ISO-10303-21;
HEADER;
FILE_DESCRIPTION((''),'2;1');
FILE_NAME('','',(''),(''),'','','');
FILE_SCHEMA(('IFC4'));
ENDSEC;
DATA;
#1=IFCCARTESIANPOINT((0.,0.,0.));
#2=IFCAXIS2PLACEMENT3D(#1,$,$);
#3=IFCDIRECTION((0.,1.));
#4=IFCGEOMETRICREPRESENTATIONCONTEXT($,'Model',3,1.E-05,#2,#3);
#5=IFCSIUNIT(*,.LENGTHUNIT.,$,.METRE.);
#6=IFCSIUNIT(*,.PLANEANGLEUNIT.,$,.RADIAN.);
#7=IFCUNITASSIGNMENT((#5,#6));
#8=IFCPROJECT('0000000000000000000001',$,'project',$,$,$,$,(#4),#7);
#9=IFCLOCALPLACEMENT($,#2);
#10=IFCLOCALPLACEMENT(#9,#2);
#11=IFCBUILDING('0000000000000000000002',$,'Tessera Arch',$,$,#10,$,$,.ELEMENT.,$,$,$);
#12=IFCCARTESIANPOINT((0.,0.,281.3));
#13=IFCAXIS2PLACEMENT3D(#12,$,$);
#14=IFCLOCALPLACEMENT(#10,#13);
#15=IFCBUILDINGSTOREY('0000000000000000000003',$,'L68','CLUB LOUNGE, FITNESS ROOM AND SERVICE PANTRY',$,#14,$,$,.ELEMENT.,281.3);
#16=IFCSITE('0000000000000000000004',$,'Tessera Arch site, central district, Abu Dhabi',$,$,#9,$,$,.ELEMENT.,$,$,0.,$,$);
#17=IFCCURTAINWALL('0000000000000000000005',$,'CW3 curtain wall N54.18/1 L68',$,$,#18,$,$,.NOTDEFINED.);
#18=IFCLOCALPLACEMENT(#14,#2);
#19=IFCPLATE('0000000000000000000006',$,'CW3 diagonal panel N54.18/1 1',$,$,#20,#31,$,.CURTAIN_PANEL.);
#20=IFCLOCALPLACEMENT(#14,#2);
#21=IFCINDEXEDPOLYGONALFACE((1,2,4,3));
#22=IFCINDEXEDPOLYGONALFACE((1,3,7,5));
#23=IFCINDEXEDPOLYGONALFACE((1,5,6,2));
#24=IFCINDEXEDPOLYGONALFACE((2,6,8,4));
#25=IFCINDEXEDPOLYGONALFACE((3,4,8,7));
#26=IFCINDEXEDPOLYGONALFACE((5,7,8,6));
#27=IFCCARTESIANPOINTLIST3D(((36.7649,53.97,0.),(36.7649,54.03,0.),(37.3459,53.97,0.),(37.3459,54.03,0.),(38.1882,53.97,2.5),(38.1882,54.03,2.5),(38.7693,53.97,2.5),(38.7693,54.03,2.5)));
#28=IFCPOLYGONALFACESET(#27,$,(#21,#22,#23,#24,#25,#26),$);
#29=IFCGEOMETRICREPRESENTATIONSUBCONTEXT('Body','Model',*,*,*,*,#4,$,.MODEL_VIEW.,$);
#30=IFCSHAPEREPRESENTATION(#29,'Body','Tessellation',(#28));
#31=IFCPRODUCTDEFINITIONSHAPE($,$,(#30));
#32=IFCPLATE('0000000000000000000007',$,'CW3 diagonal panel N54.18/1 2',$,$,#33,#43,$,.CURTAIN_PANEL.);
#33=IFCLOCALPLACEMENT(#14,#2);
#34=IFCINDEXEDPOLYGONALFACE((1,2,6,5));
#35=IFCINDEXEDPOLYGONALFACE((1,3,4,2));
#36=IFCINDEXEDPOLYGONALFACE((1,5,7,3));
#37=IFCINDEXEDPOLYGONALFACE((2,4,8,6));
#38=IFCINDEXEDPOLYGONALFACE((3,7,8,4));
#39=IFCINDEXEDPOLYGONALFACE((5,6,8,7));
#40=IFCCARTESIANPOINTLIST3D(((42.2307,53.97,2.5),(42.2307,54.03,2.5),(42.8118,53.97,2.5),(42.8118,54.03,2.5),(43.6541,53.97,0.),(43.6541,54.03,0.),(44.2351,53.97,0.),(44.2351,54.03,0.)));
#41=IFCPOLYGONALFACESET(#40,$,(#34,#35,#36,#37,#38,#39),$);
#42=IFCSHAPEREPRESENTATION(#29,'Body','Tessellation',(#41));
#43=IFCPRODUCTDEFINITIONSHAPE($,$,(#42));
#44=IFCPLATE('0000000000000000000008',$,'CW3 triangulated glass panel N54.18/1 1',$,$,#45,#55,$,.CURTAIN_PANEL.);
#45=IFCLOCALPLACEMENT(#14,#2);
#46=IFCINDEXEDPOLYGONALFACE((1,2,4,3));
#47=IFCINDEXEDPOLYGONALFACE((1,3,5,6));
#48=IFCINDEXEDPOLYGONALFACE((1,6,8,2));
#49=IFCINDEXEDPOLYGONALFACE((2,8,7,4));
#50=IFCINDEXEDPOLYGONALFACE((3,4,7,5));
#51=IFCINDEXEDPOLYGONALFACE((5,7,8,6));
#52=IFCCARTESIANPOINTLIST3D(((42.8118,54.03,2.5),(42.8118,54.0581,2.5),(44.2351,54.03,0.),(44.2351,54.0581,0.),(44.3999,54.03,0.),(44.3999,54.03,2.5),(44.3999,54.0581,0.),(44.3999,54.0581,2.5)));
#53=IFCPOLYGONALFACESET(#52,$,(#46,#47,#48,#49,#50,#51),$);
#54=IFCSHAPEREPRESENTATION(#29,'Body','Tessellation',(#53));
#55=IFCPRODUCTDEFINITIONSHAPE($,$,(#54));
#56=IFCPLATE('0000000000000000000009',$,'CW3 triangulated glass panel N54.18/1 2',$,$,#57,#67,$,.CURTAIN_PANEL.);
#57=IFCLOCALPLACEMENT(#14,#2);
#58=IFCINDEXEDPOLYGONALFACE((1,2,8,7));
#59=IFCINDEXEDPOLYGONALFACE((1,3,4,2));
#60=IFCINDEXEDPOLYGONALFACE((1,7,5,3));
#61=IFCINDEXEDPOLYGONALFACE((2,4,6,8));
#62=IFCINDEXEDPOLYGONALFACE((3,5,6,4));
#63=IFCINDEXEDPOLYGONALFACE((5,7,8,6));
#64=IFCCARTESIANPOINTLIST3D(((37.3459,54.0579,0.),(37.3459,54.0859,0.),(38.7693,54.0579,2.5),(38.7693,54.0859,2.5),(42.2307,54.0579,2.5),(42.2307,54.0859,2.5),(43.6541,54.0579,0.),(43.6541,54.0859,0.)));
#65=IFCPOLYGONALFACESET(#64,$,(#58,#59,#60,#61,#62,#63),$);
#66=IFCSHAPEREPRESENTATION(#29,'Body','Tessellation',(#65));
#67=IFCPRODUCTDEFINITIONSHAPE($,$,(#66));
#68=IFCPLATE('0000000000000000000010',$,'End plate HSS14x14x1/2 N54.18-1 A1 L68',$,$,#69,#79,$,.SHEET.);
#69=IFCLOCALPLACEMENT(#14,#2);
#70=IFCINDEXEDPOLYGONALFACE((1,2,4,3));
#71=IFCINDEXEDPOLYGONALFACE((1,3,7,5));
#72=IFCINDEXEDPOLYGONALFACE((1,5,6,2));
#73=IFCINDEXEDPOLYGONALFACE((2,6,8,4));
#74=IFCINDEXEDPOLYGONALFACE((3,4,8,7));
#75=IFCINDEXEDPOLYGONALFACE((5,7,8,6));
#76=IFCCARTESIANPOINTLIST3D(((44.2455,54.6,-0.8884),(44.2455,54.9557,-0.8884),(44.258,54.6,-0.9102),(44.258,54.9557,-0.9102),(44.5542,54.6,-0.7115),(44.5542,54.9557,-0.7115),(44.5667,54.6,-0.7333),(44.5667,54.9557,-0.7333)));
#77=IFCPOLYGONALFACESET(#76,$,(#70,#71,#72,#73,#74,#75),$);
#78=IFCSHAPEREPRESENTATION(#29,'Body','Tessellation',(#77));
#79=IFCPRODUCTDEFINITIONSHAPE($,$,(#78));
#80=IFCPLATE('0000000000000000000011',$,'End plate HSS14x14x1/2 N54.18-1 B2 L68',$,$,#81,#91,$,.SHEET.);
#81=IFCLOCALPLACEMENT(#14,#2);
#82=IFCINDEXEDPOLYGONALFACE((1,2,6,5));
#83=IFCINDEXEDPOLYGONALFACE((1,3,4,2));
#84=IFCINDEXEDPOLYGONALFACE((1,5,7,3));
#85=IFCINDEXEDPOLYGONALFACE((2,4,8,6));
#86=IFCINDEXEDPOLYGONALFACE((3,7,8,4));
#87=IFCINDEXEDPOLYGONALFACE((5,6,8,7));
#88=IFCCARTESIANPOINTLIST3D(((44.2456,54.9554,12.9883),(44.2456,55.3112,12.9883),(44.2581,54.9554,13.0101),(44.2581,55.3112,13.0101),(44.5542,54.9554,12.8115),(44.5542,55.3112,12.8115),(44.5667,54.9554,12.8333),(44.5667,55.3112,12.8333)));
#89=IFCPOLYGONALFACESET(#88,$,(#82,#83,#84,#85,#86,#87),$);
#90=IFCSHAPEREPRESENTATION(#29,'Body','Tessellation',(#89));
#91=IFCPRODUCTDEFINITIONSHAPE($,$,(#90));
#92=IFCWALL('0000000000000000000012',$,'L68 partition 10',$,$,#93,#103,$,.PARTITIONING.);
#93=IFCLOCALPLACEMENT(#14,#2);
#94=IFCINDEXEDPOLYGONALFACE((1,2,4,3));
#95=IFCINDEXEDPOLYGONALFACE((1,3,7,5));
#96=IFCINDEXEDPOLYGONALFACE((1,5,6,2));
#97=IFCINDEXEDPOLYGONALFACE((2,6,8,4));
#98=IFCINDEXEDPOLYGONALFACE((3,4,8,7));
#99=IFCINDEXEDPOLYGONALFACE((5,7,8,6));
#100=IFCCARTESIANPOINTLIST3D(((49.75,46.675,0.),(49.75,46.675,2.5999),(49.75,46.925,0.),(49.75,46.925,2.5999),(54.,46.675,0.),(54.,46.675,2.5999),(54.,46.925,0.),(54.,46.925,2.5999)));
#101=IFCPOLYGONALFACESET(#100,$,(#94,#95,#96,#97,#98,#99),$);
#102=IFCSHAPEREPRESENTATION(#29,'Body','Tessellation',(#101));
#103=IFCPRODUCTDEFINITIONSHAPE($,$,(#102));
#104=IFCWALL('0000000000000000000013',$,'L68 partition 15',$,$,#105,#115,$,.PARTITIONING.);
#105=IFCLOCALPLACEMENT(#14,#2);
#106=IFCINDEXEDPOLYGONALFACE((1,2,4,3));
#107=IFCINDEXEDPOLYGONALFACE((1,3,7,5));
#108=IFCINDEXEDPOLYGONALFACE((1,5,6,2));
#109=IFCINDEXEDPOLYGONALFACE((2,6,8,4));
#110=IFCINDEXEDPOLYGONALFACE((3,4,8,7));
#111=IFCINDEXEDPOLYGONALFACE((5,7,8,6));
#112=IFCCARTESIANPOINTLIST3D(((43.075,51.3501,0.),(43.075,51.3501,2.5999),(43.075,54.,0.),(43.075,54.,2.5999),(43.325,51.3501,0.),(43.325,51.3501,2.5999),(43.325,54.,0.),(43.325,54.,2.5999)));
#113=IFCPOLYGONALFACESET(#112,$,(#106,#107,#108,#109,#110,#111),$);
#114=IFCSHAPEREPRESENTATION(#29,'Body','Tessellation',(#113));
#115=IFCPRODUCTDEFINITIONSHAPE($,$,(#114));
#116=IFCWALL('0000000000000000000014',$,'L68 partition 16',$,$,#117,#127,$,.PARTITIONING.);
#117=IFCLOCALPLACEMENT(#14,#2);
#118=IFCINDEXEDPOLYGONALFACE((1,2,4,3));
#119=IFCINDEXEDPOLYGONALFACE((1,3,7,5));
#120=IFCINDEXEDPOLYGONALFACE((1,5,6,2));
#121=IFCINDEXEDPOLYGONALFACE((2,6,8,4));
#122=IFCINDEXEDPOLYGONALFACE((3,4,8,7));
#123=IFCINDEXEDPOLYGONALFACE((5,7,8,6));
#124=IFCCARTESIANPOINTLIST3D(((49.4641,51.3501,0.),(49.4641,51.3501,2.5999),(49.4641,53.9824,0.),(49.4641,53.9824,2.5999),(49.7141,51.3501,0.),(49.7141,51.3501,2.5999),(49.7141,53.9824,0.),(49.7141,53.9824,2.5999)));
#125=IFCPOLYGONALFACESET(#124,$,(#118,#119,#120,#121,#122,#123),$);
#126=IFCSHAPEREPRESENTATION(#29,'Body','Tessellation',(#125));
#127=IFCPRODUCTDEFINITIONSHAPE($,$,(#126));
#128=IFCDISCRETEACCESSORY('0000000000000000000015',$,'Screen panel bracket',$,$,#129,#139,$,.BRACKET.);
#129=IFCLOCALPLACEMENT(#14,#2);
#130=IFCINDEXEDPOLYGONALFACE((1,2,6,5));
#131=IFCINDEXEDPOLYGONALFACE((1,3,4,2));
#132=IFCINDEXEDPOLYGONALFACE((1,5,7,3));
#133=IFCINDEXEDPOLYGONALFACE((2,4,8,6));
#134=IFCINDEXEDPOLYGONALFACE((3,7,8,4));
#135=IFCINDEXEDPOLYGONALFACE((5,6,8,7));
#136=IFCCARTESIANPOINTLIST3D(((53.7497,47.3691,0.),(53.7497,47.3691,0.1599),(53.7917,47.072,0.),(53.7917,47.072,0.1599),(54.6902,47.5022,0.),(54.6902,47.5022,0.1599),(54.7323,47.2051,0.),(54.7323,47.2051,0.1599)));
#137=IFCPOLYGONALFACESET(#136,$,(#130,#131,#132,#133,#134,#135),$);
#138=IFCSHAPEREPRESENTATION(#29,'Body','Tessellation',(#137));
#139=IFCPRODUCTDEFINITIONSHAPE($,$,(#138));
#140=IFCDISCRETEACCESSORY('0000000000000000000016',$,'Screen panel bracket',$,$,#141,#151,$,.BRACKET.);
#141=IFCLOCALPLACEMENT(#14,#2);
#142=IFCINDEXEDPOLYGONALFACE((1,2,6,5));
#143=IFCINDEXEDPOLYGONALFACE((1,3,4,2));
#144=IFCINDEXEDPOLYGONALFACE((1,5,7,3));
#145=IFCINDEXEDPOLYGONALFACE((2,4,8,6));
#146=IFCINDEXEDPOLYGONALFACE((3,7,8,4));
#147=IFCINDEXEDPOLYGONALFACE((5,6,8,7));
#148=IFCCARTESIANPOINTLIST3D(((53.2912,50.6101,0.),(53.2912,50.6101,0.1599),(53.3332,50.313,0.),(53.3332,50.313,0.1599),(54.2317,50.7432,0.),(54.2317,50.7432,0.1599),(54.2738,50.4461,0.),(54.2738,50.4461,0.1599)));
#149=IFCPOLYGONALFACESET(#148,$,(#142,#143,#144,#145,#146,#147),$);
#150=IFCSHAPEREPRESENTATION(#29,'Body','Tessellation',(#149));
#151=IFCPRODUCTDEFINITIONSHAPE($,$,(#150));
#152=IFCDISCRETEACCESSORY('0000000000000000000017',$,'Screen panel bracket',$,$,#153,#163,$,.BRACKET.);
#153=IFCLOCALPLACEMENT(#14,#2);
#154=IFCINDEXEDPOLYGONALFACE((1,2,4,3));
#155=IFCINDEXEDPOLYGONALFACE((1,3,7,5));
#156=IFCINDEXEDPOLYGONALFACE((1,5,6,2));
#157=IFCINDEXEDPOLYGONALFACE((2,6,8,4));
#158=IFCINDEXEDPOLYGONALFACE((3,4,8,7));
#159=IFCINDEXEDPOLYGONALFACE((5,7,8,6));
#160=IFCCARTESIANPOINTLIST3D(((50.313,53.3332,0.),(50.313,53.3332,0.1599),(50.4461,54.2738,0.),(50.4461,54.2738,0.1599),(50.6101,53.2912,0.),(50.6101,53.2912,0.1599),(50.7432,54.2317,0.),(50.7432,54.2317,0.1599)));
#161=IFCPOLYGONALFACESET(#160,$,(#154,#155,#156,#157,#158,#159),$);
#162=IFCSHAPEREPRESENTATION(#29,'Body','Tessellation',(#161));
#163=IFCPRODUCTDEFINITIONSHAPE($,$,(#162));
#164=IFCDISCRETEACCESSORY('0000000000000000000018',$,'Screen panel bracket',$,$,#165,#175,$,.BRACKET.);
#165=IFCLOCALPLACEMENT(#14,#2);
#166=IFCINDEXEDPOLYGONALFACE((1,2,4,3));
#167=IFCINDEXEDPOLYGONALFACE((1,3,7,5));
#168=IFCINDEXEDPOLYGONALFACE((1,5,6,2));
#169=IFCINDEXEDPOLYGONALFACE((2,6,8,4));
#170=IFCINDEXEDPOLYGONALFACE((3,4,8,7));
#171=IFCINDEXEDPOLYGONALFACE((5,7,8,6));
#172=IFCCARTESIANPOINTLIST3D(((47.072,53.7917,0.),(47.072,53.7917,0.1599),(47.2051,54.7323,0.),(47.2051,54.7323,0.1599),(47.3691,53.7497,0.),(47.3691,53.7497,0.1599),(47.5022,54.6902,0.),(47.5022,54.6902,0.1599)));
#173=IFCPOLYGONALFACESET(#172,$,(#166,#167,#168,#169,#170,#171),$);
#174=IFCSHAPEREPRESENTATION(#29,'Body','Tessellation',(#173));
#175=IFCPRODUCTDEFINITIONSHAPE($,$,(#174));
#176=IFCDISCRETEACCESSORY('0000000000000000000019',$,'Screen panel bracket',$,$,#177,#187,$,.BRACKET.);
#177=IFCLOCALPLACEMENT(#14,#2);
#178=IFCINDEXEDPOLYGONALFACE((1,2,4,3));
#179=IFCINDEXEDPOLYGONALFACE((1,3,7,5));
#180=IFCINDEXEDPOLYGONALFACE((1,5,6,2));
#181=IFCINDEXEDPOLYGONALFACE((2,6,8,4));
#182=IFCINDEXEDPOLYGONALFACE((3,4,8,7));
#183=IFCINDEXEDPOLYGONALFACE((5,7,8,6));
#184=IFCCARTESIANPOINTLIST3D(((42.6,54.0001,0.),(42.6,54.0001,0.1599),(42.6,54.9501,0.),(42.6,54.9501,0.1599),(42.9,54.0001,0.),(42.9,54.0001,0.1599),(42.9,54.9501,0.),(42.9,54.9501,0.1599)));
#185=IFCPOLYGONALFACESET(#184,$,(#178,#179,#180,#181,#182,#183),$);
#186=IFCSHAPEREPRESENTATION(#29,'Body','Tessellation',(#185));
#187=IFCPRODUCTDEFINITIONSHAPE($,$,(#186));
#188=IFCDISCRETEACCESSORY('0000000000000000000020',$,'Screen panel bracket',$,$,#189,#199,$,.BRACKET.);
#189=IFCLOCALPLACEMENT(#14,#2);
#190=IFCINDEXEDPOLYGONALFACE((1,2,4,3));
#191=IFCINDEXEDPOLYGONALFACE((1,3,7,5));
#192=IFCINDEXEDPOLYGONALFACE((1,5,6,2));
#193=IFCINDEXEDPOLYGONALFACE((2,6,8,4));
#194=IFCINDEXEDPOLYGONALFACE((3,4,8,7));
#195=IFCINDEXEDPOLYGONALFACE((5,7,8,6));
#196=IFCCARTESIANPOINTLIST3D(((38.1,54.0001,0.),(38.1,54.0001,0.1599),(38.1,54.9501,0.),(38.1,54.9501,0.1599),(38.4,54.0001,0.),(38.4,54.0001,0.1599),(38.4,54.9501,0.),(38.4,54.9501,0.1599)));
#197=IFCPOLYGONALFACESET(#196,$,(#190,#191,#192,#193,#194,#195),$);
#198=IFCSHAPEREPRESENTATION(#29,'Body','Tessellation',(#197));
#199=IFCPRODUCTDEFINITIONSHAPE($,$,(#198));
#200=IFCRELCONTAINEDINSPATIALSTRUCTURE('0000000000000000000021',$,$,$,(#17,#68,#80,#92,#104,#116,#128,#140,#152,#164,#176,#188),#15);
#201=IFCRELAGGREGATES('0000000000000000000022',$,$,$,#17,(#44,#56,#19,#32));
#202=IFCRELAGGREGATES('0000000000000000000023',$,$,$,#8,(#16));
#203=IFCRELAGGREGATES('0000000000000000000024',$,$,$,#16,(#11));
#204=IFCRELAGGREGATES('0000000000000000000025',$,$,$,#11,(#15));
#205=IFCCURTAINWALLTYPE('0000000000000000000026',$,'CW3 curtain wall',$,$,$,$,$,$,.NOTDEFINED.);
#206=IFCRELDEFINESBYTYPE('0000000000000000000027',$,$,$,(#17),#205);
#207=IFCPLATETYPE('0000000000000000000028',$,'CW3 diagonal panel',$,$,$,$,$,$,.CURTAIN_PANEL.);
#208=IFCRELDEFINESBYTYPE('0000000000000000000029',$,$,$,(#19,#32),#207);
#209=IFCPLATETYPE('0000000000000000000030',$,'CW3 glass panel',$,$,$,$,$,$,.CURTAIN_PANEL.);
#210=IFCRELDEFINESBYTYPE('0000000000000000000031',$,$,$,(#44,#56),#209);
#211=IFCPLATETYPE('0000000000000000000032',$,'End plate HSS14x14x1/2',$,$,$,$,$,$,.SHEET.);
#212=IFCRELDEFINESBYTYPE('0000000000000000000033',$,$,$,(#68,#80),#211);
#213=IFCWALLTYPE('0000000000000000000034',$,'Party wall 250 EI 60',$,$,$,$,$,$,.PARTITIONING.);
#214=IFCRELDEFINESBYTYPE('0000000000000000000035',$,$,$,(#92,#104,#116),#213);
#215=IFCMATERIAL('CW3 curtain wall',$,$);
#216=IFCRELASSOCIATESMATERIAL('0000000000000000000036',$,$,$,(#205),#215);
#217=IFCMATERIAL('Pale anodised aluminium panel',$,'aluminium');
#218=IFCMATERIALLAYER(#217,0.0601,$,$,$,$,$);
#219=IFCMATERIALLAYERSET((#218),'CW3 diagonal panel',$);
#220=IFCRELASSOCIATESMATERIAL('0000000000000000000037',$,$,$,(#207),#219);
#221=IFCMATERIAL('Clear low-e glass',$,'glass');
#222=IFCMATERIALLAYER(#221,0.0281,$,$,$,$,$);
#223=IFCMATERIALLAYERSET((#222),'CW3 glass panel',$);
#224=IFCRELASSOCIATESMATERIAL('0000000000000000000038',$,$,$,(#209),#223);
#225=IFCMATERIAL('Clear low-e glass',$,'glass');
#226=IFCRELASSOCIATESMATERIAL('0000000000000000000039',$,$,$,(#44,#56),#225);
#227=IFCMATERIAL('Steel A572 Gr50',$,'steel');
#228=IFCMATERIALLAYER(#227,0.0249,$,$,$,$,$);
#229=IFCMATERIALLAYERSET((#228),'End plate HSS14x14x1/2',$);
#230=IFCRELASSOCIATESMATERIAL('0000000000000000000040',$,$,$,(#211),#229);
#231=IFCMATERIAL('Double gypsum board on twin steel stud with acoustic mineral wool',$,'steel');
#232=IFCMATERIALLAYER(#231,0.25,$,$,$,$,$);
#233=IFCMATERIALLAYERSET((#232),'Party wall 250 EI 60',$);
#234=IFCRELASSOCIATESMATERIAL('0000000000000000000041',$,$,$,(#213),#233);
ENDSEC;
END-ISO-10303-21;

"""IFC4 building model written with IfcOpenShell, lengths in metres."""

from ifc_helpers import new_model, si_unit, direction, frame, frame_2d, origin, origin_2d, place, context, subcontext, project, spatial, polyline, rectangle, outline, extrude, material, layer, layer_set, type_object, element, aggregate, save


model = new_model("IFC4")

# Units and contexts
model_context = context("Model", 3, precision=1e-05, world=origin(), true_north=direction((0.0, 1.0)))
body_context = subcontext(model_context, "Body", "Model", "MODEL_VIEW")
ifc_project = project(units=[si_unit("LENGTHUNIT", "METRE"), si_unit("PLANEANGLEUNIT", "RADIAN")], contexts=[model_context])

# Site, building, storey
site_placement = place(None, origin())
site = spatial("IfcSite", under=ifc_project, at=site_placement, Name="Tessera Arch site, central district, Abu Dhabi", CompositionType="ELEMENT", RefElevation=0.0)
building_placement = place(site_placement, origin())
building = spatial("IfcBuilding", under=site, at=building_placement, Name="Tessera Arch", CompositionType="ELEMENT")
storey_placement = place(building_placement, frame((0.0, 0.0, 281.3)))
storey = spatial("IfcBuildingStorey", under=building, at=storey_placement, Name="L68", Description="CLUB LOUNGE, FITNESS ROOM AND SERVICE PANTRY", CompositionType="ELEMENT", Elevation=281.3)

# Curtain wall
ifc_material_1 = material(Name="CW3 curtain wall")
curtain_wall_type_1 = type_object("IfcCurtainWallType", Name="CW3 curtain wall", PredefinedType="NOTDEFINED", material=ifc_material_1)
curtain_wall_1_placement = place(storey_placement, origin())
curtain_wall_1 = element("IfcCurtainWall", 1, at=curtain_wall_1_placement, inside=storey, type_object=curtain_wall_type_1, Name="CW3 curtain wall N54.18/1 L68", PredefinedType="NOTDEFINED")

# Plates
ifc_material_2 = material(Name="Clear low-e glass", Category="glass")
ifc_material_3 = material(Name="Pale anodised aluminium panel", Category="aluminium")
ifc_layer_1 = layer(ifc_material_3, 0.0601)
ifc_layer_set_1 = layer_set([ifc_layer_1], Name="CW3 diagonal panel")
plate_type_1 = type_object("IfcPlateType", Name="CW3 diagonal panel", PredefinedType="CURTAIN_PANEL", material=ifc_layer_set_1)
plate_1_placement = place(storey_placement, frame((38.1882, 54.03, 2.5), z_axis=(0.0, 1.0, 0.0), x_axis=(1.0, 0.0, 0.0)))
plate_1 = element("IfcPlate", 2, at=plate_1_placement, type_object=plate_type_1, Name="CW3 diagonal panel N54.18/1 1", PredefinedType="CURTAIN_PANEL", context=body_context, shape_type="SweptSolid", body=[
    extrude(outline(polyline([(0.0, 0.0), (0.5811, 0.0), (-0.8423, 2.5), (-1.4233, 2.5), (0.0, 0.0)])), origin(), (0.0, 0.0, -1.0), 0.0601),
])
plate_2_placement = place(storey_placement, frame((42.2307, 54.03, 2.5), z_axis=(0.0, 1.0, 0.0), x_axis=(1.0, 0.0, 0.0)))
plate_2 = element("IfcPlate", 3, at=plate_2_placement, type_object=plate_type_1, Name="CW3 diagonal panel N54.18/1 2", PredefinedType="CURTAIN_PANEL", context=body_context, shape_type="SweptSolid", body=[
    extrude(outline(polyline([(0.0, 0.0), (0.5811, 0.0), (2.0044, 2.5), (1.4233, 2.5), (0.0, 0.0)])), origin(), (0.0, 0.0, -1.0), 0.0601),
])
ifc_material_4 = material(Name="Clear low-e glass", Category="glass")
ifc_layer_2 = layer(ifc_material_4, 0.0281)
ifc_layer_set_2 = layer_set([ifc_layer_2], Name="CW3 glass panel")
plate_type_2 = type_object("IfcPlateType", Name="CW3 glass panel", PredefinedType="CURTAIN_PANEL", material=ifc_layer_set_2)
plate_3_placement = place(storey_placement, frame((44.3999, 54.0581, 0.0), z_axis=(0.0, 1.0, 0.0), x_axis=(-1.0, 0.0, 0.0)))
plate_3 = element("IfcPlate", 4, at=plate_3_placement, type_object=plate_type_2, material=ifc_material_2, Name="CW3 triangulated glass panel N54.18/1 1", PredefinedType="CURTAIN_PANEL", context=body_context, shape_type="SweptSolid", body=[
    extrude(outline(polyline([(0.0, 0.0), (0.1648, 0.0), (1.5881, 2.5), (0.0, 2.5), (0.0, 0.0)])), origin(), (0.0, 0.0, -1.0), 0.0281),
])
plate_4_placement = place(storey_placement, frame((38.7693, 54.0859, 2.5), z_axis=(0.0, 1.0, 0.0), x_axis=(1.0, 0.0, 0.0)))
plate_4 = element("IfcPlate", 5, at=plate_4_placement, type_object=plate_type_2, material=ifc_material_2, Name="CW3 triangulated glass panel N54.18/1 2", PredefinedType="CURTAIN_PANEL", context=body_context, shape_type="SweptSolid", body=[
    extrude(outline(polyline([(0.0, 0.0), (3.4614, 0.0), (4.8848, 2.5), (-1.4233, 2.5), (0.0, 0.0)])), origin(), (0.0, 0.0, -1.0), 0.0281),
])
aggregate(curtain_wall_1, [plate_3, plate_4, plate_1, plate_2])

# Plates
ifc_material_5 = material(Name="Steel A572 Gr50", Category="steel")
ifc_layer_3 = layer(ifc_material_5, 0.0249)
ifc_layer_set_3 = layer_set([ifc_layer_3], Name="End plate HSS14x14x1/2")
plate_type_3 = type_object("IfcPlateType", Name="End plate HSS14x14x1/2", PredefinedType="SHEET", material=ifc_layer_set_3)
for number, where, z_axis, x_axis, name in (
    (6, (44.4124, 54.7778, -0.8218), (-0.497188, 0.0, 0.867643), (0.0, -1.0, 0.0), "End plate HSS14x14x1/2 N54.18-1 A1 L68"),
    (7, (44.3999, 55.1333, 12.8999), (0.497188, 0.0, 0.867643), (0.0, 1.0, 0.0), "End plate HSS14x14x1/2 N54.18-1 B2 L68"),
):
    element("IfcPlate", number, at=place(storey_placement, frame(where, z_axis=z_axis, x_axis=x_axis)), inside=storey, type_object=plate_type_3, Name=name, PredefinedType="SHEET", context=body_context, shape_type="SweptSolid", body=[
        extrude(rectangle(XDim=0.3557, YDim=0.3557, at=origin_2d()), origin(), (0.0, 0.0, 1.0), 0.0251),
    ])

# Walls
ifc_material_6 = material(Name="Double gypsum board on twin steel stud with acoustic mineral wool", Category="steel")
ifc_layer_4 = layer(ifc_material_6, 0.25)
ifc_layer_set_4 = layer_set([ifc_layer_4], Name="Party wall 250 EI 60")
wall_type = type_object("IfcWallType", Name="Party wall 250 EI 60", PredefinedType="PARTITIONING", material=ifc_layer_set_4)
wall_1_placement = place(storey_placement, frame((49.75, 46.8, 0.0), z_axis=(0.0, 0.0, 1.0), x_axis=(1.0, 0.0, 0.0)))
element("IfcWall", 8, at=wall_1_placement, inside=storey, type_object=wall_type, Name="L68 partition 10", PredefinedType="PARTITIONING", context=body_context, shape_type="SweptSolid", body=[
    extrude(rectangle(XDim=4.25, YDim=0.25, at=frame_2d((2.125, 0.0))), origin(), (0.0, 0.0, 1.0), 2.5999),
])
wall_2_placement = place(storey_placement, frame((43.2, 51.3501, 0.0), z_axis=(0.0, 0.0, 1.0), x_axis=(0.0, 1.0, 0.0)))
element("IfcWall", 9, at=wall_2_placement, inside=storey, type_object=wall_type, Name="L68 partition 15", PredefinedType="PARTITIONING", context=body_context, shape_type="SweptSolid", body=[
    extrude(rectangle(XDim=2.6499, YDim=0.25, at=frame_2d((1.325, 0.0))), origin(), (0.0, 0.0, 1.0), 2.5999),
])
wall_3_placement = place(storey_placement, frame((49.5891, 51.3501, 0.0), z_axis=(0.0, 0.0, 1.0), x_axis=(0.0, 1.0, 0.0)))
element("IfcWall", 10, at=wall_3_placement, inside=storey, type_object=wall_type, Name="L68 partition 16", PredefinedType="PARTITIONING", context=body_context, shape_type="SweptSolid", body=[
    extrude(rectangle(XDim=2.6323, YDim=0.25, at=frame_2d((1.3162, 0.0))), origin(), (0.0, 0.0, 1.0), 2.5999),
])

# Discrete accessories
for number, where, z_axis, x_axis, name in (
    (11, (54.241, 47.2871, 0.0), (0.0, 0.0, 1.0), (0.990139, 0.140089, 0.0), "Screen panel bracket"),
    (12, (53.7825, 50.5281, 0.0), (0.0, 0.0, 1.0), (0.990139, 0.140089, 0.0), "Screen panel bracket"),
    (13, (50.5281, 53.7825, 0.0), (0.0, 0.0, 1.0), (0.140089, 0.990139, 0.0), "Screen panel bracket"),
    (14, (47.2871, 54.241, 0.0), (0.0, 0.0, 1.0), (0.140089, 0.990139, 0.0), "Screen panel bracket"),
    (15, (42.75, 54.4751, 0.0), (0.0, 0.0, 1.0), (0.0, 1.0, 0.0), "Screen panel bracket"),
    (16, (38.25, 54.4751, 0.0), (0.0, 0.0, 1.0), (0.0, 1.0, 0.0), "Screen panel bracket"),
):
    element("IfcDiscreteAccessory", number, at=place(storey_placement, frame(where, z_axis=z_axis, x_axis=x_axis)), inside=storey, Name=name, PredefinedType="BRACKET", context=body_context, shape_type="SweptSolid", body=[
        extrude(rectangle(XDim=0.95, YDim=0.3, at=origin_2d()), origin(), (0.0, 0.0, 1.0), 0.1599),
    ])

save(model, "model.ifc")
